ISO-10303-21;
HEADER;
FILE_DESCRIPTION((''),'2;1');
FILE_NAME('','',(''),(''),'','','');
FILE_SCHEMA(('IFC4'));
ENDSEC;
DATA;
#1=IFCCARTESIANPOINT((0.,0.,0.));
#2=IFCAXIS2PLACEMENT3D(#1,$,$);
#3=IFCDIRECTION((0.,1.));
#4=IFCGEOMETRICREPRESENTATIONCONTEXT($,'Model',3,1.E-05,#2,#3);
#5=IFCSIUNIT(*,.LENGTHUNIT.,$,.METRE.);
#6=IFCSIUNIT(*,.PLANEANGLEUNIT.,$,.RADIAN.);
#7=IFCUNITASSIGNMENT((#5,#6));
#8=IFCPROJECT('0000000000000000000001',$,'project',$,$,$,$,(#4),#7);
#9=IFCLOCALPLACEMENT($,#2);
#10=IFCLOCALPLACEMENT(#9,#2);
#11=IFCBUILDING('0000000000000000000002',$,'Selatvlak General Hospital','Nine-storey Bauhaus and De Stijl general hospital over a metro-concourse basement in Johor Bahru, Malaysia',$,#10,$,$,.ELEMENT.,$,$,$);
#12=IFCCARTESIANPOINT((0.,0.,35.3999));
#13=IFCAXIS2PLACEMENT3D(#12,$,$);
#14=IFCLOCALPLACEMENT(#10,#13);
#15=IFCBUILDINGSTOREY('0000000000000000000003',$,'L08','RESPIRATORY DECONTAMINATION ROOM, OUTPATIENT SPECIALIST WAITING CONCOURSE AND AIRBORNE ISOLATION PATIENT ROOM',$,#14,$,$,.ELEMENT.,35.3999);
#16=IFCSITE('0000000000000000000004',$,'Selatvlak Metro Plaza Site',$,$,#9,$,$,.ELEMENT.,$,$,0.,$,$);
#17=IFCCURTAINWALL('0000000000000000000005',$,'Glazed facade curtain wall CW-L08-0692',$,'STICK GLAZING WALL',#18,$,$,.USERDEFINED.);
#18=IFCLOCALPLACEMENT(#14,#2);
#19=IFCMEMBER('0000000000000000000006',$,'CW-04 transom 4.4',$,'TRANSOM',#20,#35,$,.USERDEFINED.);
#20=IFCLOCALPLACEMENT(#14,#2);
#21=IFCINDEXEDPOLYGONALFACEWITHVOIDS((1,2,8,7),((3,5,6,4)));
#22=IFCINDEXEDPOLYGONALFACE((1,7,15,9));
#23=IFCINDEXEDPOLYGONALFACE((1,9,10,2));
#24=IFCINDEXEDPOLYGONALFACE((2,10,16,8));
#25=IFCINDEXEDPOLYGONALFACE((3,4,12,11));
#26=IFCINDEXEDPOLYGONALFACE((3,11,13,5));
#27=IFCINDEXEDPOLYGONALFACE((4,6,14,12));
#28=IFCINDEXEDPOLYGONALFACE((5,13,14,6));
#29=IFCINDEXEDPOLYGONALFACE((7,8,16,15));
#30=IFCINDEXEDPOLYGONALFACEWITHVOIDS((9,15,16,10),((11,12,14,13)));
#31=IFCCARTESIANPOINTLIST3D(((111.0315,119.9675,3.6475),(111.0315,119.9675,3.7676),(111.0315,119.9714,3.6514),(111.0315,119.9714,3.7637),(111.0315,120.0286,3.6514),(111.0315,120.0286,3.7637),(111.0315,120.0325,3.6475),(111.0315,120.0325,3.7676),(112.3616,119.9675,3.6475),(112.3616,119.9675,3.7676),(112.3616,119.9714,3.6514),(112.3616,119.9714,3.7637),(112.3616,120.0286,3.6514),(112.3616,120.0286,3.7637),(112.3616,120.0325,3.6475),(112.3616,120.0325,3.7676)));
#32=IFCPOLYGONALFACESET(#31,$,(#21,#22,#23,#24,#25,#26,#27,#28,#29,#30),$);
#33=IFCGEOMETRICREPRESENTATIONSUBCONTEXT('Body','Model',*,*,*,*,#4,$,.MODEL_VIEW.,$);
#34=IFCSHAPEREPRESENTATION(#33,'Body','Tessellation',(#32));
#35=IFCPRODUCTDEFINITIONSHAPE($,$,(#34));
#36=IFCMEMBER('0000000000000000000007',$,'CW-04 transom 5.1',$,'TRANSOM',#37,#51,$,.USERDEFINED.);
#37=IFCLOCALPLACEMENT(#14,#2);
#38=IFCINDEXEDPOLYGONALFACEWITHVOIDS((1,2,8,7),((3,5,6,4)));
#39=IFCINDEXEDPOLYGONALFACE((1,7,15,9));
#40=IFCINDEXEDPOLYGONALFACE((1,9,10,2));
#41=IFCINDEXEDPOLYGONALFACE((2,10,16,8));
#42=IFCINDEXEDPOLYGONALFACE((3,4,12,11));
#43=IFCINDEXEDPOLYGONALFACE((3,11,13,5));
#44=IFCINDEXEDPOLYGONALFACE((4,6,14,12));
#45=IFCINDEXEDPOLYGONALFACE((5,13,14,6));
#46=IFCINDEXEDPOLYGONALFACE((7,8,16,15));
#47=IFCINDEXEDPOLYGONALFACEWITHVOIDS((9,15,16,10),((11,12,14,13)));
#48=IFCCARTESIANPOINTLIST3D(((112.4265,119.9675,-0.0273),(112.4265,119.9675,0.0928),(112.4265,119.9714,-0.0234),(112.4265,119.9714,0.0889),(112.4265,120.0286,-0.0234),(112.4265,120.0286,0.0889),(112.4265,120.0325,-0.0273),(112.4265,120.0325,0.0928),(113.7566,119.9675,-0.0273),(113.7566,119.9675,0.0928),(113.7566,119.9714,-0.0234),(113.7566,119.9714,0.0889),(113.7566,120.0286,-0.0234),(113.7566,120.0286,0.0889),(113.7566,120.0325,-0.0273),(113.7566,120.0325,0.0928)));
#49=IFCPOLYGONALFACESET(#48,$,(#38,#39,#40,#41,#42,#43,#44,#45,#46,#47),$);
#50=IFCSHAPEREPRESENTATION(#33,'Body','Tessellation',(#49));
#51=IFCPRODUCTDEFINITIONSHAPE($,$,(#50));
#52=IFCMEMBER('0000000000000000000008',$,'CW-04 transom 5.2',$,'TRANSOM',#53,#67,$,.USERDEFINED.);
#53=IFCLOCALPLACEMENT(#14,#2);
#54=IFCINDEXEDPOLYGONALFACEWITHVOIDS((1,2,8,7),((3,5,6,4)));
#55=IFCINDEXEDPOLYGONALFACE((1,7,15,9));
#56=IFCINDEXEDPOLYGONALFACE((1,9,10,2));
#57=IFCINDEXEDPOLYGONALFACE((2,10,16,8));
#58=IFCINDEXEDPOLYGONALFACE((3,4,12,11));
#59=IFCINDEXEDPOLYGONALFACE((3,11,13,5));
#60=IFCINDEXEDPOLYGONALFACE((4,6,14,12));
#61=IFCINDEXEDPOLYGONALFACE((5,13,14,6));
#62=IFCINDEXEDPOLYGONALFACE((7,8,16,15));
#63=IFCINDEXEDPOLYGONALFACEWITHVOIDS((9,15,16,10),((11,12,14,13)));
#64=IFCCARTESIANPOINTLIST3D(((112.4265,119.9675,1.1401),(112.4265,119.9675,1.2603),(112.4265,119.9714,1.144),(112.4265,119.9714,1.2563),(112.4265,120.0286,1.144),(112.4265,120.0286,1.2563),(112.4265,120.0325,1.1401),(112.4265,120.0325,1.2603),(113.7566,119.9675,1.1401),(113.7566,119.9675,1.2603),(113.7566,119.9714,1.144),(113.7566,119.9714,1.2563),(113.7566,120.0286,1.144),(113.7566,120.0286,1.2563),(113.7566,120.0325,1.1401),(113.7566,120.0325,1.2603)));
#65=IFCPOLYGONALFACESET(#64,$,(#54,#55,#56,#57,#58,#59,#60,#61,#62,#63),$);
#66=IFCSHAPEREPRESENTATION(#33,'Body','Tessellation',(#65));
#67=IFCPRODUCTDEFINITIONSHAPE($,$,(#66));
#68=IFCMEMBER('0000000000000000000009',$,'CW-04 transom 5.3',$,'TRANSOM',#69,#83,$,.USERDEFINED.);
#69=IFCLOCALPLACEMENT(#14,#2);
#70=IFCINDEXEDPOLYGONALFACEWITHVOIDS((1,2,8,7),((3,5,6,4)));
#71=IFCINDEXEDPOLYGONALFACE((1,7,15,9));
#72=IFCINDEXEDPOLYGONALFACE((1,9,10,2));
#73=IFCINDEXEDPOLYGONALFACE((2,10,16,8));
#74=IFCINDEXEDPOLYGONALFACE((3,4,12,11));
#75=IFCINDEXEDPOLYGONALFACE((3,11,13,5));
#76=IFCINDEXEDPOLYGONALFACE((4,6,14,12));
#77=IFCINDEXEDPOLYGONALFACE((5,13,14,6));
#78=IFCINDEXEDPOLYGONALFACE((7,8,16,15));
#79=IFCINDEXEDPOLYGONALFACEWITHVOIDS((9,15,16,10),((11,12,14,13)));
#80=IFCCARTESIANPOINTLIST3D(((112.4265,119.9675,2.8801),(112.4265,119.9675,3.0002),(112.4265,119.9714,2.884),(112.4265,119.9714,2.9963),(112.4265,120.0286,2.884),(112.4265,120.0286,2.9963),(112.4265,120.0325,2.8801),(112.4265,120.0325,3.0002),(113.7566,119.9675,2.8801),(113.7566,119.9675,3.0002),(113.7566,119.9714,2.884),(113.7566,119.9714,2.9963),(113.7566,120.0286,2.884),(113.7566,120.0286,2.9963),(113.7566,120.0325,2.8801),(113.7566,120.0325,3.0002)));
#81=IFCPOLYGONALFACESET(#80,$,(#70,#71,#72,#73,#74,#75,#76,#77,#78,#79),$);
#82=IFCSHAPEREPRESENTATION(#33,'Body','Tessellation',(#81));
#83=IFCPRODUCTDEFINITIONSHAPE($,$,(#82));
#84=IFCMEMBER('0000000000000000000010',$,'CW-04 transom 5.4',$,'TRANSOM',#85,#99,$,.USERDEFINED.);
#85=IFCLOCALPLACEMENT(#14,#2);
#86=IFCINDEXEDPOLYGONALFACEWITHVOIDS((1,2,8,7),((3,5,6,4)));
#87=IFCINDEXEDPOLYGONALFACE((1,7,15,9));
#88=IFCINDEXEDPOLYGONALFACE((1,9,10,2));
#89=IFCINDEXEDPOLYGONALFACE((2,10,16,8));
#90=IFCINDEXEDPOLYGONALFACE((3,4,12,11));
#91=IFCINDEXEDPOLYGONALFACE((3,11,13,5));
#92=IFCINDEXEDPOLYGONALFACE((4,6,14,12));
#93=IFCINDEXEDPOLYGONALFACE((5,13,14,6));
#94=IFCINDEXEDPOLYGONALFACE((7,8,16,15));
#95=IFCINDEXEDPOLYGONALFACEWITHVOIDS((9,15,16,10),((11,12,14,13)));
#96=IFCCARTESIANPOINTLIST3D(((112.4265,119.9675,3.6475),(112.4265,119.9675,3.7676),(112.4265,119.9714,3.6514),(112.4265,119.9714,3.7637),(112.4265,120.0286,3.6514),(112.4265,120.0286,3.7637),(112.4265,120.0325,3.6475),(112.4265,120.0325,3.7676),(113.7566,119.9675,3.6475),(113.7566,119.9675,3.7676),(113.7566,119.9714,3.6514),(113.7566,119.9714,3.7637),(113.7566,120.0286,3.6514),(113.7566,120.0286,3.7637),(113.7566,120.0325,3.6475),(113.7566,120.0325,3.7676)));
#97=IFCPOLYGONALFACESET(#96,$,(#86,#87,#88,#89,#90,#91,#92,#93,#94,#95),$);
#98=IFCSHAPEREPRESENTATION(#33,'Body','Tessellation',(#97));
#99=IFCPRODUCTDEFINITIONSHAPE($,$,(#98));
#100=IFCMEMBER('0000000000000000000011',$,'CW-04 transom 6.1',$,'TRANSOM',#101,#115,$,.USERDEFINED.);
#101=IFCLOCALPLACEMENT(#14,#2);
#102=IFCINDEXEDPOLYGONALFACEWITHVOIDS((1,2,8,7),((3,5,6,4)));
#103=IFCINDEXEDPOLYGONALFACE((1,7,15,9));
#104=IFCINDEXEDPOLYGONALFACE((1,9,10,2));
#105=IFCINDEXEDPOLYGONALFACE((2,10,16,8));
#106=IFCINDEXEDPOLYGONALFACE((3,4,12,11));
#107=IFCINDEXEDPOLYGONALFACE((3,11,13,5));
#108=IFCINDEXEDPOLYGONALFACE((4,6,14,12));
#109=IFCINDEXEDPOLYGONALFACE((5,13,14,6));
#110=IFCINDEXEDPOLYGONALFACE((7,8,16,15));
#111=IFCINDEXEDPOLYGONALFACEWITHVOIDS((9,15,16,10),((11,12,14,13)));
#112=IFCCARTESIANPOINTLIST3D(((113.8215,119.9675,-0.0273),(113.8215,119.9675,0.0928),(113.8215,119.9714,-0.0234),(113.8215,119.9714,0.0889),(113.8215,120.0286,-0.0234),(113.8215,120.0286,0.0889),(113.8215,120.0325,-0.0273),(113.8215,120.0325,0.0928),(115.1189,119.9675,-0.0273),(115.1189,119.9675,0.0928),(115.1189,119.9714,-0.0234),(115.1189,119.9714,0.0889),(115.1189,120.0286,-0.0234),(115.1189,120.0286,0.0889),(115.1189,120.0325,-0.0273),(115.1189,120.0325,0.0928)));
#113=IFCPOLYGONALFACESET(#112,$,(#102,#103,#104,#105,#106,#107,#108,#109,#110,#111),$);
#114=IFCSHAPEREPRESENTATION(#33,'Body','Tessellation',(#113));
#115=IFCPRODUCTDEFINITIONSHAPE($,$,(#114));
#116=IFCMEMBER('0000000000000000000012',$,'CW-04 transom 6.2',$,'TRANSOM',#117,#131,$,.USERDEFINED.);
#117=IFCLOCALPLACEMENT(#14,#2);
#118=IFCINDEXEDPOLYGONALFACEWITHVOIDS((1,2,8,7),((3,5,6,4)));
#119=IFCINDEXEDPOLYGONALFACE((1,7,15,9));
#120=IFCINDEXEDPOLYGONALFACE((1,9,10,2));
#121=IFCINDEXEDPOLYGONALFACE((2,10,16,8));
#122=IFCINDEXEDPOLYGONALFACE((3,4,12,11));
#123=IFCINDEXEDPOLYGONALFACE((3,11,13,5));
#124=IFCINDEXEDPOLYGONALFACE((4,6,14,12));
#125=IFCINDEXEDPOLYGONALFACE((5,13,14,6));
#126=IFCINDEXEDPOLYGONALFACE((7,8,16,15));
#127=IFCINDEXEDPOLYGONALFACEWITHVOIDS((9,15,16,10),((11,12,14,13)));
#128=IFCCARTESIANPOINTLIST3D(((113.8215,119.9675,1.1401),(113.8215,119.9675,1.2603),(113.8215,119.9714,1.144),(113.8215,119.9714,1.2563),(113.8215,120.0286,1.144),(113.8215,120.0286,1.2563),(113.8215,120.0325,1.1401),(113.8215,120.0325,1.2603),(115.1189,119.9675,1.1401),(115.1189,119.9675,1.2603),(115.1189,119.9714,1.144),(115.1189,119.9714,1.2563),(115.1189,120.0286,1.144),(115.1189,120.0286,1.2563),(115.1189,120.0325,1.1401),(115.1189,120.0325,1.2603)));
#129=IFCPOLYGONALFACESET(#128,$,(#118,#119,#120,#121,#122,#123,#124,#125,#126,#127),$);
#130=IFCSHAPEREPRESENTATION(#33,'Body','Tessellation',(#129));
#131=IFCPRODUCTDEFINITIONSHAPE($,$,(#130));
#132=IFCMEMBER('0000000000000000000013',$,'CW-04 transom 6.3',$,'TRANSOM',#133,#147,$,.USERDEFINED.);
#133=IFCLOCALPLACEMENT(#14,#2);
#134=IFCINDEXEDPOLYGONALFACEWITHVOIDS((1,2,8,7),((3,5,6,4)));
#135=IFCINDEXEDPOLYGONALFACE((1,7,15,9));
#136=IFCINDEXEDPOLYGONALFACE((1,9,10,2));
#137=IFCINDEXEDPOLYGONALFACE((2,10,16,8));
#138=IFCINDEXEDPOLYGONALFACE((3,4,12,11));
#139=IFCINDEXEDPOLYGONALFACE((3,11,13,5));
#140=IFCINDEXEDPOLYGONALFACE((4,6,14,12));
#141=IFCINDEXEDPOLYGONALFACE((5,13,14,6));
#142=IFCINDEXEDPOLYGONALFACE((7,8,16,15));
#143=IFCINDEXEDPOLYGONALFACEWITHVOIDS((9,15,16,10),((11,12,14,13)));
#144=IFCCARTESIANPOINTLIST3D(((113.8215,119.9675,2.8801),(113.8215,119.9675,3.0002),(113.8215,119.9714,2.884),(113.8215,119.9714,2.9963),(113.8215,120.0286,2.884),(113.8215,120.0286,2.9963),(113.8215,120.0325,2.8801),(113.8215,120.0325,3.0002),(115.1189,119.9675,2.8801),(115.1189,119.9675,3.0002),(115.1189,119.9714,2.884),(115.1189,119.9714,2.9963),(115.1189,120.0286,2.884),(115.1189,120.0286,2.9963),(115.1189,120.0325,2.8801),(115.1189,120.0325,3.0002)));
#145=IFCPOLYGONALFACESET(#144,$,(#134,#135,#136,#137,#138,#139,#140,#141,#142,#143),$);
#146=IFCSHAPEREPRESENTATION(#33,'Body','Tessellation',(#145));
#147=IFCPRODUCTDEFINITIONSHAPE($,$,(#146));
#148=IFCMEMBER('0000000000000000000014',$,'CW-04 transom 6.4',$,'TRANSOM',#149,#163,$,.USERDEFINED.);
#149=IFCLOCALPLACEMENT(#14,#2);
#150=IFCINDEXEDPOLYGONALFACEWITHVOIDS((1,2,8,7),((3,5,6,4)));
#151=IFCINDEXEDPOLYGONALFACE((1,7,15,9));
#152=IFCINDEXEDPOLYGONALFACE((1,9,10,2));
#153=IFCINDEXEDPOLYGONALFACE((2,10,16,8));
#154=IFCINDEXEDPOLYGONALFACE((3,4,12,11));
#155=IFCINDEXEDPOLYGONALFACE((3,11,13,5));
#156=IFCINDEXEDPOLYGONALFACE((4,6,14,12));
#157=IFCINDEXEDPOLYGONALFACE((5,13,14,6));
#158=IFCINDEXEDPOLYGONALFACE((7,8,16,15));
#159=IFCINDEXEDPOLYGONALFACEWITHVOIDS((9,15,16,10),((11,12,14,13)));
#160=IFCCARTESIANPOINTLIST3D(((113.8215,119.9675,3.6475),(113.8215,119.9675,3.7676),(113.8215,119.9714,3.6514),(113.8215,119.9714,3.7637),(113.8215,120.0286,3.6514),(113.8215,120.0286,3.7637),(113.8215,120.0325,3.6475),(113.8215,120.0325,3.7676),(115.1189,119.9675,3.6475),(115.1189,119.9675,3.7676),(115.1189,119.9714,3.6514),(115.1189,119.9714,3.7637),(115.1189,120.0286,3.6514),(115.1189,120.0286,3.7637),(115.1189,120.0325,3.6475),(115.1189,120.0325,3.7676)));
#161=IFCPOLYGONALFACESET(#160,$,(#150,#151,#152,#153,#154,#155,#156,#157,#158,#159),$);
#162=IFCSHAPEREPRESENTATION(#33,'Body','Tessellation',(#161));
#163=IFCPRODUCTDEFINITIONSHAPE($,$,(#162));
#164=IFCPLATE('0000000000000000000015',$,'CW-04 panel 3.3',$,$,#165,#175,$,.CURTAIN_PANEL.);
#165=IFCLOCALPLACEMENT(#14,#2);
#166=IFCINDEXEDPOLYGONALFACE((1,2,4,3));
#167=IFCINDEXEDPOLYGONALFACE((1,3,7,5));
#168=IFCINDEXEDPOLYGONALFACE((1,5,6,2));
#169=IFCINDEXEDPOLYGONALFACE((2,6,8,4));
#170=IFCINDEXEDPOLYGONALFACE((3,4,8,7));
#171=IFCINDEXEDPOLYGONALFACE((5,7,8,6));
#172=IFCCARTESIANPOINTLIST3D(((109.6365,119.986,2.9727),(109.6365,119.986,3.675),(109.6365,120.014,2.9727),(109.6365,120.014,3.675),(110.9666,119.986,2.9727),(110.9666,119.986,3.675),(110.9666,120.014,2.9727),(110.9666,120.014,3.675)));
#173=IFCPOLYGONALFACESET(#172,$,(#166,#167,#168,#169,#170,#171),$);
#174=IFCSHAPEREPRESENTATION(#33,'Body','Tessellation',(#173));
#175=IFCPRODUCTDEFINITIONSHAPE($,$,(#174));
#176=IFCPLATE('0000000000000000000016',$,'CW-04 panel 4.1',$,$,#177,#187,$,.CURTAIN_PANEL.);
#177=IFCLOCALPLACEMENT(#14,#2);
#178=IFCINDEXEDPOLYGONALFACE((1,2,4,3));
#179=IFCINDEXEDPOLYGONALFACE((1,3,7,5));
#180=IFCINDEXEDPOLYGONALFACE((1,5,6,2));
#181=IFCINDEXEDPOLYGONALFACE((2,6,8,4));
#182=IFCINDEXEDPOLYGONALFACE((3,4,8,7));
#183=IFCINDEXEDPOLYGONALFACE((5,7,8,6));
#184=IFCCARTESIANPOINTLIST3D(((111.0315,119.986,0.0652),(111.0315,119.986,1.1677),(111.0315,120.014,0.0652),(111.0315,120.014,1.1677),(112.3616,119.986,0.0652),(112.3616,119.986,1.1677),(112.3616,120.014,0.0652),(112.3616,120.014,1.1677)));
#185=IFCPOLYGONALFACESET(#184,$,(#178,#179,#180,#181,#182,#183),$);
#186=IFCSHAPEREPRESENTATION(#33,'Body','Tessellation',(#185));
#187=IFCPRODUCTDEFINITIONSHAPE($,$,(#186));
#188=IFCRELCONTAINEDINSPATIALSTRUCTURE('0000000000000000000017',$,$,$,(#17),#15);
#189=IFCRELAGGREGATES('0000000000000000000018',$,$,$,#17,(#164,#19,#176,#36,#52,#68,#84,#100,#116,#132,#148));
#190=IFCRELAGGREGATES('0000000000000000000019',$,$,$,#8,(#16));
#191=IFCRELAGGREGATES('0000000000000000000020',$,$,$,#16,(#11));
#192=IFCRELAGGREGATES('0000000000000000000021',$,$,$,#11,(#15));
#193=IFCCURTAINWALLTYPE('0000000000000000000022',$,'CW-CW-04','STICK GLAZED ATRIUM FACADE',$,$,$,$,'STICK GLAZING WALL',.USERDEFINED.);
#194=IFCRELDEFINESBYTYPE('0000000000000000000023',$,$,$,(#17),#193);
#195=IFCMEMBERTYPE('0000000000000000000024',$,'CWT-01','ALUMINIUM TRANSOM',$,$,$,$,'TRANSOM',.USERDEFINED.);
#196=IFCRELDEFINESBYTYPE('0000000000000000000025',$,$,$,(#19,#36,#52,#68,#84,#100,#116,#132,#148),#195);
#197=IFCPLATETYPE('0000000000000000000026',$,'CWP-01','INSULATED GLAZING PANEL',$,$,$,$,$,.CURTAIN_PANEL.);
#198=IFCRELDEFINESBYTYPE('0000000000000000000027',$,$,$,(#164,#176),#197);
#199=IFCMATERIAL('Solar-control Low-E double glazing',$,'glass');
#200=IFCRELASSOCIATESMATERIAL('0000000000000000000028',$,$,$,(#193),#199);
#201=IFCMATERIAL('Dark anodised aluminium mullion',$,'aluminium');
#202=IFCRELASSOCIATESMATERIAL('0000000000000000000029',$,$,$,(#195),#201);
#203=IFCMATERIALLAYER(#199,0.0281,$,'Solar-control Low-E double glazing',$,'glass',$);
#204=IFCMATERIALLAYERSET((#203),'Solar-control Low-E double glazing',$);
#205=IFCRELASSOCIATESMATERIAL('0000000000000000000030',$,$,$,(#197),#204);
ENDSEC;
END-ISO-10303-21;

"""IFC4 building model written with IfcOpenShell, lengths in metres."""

from ifc_helpers import new_model, si_unit, direction, frame, origin, origin_2d, place, context, subcontext, project, spatial, rectangle, hollow_rectangle, extrude, material, layer, layer_set, material_profile, profile_set, type_object, element, aggregate, save


model = new_model("IFC4")

# Units and contexts
model_context = context("Model", 3, precision=1e-05, world=origin(), true_north=direction((0.0, 1.0)))
body_context = subcontext(model_context, "Body", "Model", "MODEL_VIEW")
ifc_project = project(units=[si_unit("LENGTHUNIT", "METRE"), si_unit("PLANEANGLEUNIT", "RADIAN")], contexts=[model_context])

# Site, building, storey
site_placement = place(None, origin())
site = spatial("IfcSite", under=ifc_project, at=site_placement, Name="Selatvlak Metro Plaza Site", CompositionType="ELEMENT", RefElevation=0.0)
building_placement = place(site_placement, origin())
building = spatial("IfcBuilding", under=site, at=building_placement, Name="Selatvlak General Hospital", Description="Nine-storey Bauhaus and De Stijl general hospital over a metro-concourse basement in Johor Bahru, Malaysia", CompositionType="ELEMENT")
storey_placement = place(building_placement, frame((0.0, 0.0, 35.3999)))
storey = spatial("IfcBuildingStorey", under=building, at=storey_placement, Name="L08", Description="RESPIRATORY DECONTAMINATION ROOM, OUTPATIENT SPECIALIST WAITING CONCOURSE AND AIRBORNE ISOLATION PATIENT ROOM", CompositionType="ELEMENT", Elevation=35.3999)

# Curtain wall, members, plates
ifc_material_1 = material(Name="Solar-control Low-E double glazing", Category="glass")
curtain_wall_type = type_object("IfcCurtainWallType", Name="CW-CW-04", Description="STICK GLAZED ATRIUM FACADE", ElementType="STICK GLAZING WALL", PredefinedType="USERDEFINED", material=ifc_material_1)
curtain_wall_placement = place(storey_placement, origin())
curtain_wall = element("IfcCurtainWall", 1, at=curtain_wall_placement, inside=storey, type_object=curtain_wall_type, Name="Glazed facade curtain wall CW-L08-0692", ObjectType="STICK GLAZING WALL", PredefinedType="USERDEFINED")
ifc_material_2 = material(Name="Dark anodised aluminium mullion", Category="aluminium")
ifc_material_profile_1 = material_profile(ifc_material_2, hollow_rectangle(XDim=0.0649, YDim=0.1201, WallThickness=0.0039, at=origin_2d()), Name="AL-TRN 65x120x4")
ifc_profile_set_1 = profile_set([ifc_material_profile_1], Name="Dark anodised aluminium mullion")
member_type_1 = type_object("IfcMemberType", Name="CWT-01", Description="ALUMINIUM TRANSOM", ElementType="TRANSOM", PredefinedType="USERDEFINED", material=ifc_profile_set_1)
member_1_placement = place(storey_placement, frame((111.0315, 120.0, 3.7075), z_axis=(1.0, 0.0, 0.0), x_axis=(0.0, 1.0, 0.0)))
member_1 = element("IfcMember", 2, at=member_1_placement, type_object=member_type_1, Name="CW-04 transom 4.4", ObjectType="TRANSOM", PredefinedType="USERDEFINED", context=body_context, shape_type="SweptSolid", body=[
    extrude(hollow_rectangle(XDim=0.0649, YDim=0.1201, WallThickness=0.0039, at=origin_2d()), origin(), (0.0, 0.0, 1.0), 1.3301),
])
member_2_placement = place(storey_placement, frame((112.4265, 120.0, 0.0327), z_axis=(1.0, 0.0, 0.0), x_axis=(0.0, 1.0, 0.0)))
member_2 = element("IfcMember", 3, at=member_2_placement, type_object=member_type_1, Name="CW-04 transom 5.1", ObjectType="TRANSOM", PredefinedType="USERDEFINED", context=body_context, shape_type="SweptSolid", body=[
    extrude(hollow_rectangle(XDim=0.0649, YDim=0.1201, WallThickness=0.0039, at=origin_2d()), origin(), (0.0, 0.0, 1.0), 1.3301),
])
member_3_placement = place(storey_placement, frame((112.4265, 120.0, 1.2002), z_axis=(1.0, 0.0, 0.0), x_axis=(0.0, 1.0, 0.0)))
member_3 = element("IfcMember", 4, at=member_3_placement, type_object=member_type_1, Name="CW-04 transom 5.2", ObjectType="TRANSOM", PredefinedType="USERDEFINED", context=body_context, shape_type="SweptSolid", body=[
    extrude(hollow_rectangle(XDim=0.0649, YDim=0.1201, WallThickness=0.0039, at=origin_2d()), origin(), (0.0, 0.0, 1.0), 1.3301),
])
member_4_placement = place(storey_placement, frame((112.4265, 120.0, 2.9402), z_axis=(1.0, 0.0, 0.0), x_axis=(0.0, 1.0, 0.0)))
member_4 = element("IfcMember", 5, at=member_4_placement, type_object=member_type_1, Name="CW-04 transom 5.3", ObjectType="TRANSOM", PredefinedType="USERDEFINED", context=body_context, shape_type="SweptSolid", body=[
    extrude(hollow_rectangle(XDim=0.0649, YDim=0.1201, WallThickness=0.0039, at=origin_2d()), origin(), (0.0, 0.0, 1.0), 1.3301),
])
member_5_placement = place(storey_placement, frame((112.4265, 120.0, 3.7075), z_axis=(1.0, 0.0, 0.0), x_axis=(0.0, 1.0, 0.0)))
member_5 = element("IfcMember", 6, at=member_5_placement, type_object=member_type_1, Name="CW-04 transom 5.4", ObjectType="TRANSOM", PredefinedType="USERDEFINED", context=body_context, shape_type="SweptSolid", body=[
    extrude(hollow_rectangle(XDim=0.0649, YDim=0.1201, WallThickness=0.0039, at=origin_2d()), origin(), (0.0, 0.0, 1.0), 1.3301),
])
member_6_placement = place(storey_placement, frame((113.8215, 120.0, 0.0327), z_axis=(1.0, 0.0, 0.0), x_axis=(0.0, 1.0, 0.0)))
member_6 = element("IfcMember", 7, at=member_6_placement, type_object=member_type_1, Name="CW-04 transom 6.1", ObjectType="TRANSOM", PredefinedType="USERDEFINED", context=body_context, shape_type="SweptSolid", body=[
    extrude(hollow_rectangle(XDim=0.0649, YDim=0.1201, WallThickness=0.0039, at=origin_2d()), origin(), (0.0, 0.0, 1.0), 1.2974),
])
member_7_placement = place(storey_placement, frame((113.8215, 120.0, 1.2002), z_axis=(1.0, 0.0, 0.0), x_axis=(0.0, 1.0, 0.0)))
member_7 = element("IfcMember", 8, at=member_7_placement, type_object=member_type_1, Name="CW-04 transom 6.2", ObjectType="TRANSOM", PredefinedType="USERDEFINED", context=body_context, shape_type="SweptSolid", body=[
    extrude(hollow_rectangle(XDim=0.0649, YDim=0.1201, WallThickness=0.0039, at=origin_2d()), origin(), (0.0, 0.0, 1.0), 1.2974),
])
member_8_placement = place(storey_placement, frame((113.8215, 120.0, 2.9402), z_axis=(1.0, 0.0, 0.0), x_axis=(0.0, 1.0, 0.0)))
member_8 = element("IfcMember", 9, at=member_8_placement, type_object=member_type_1, Name="CW-04 transom 6.3", ObjectType="TRANSOM", PredefinedType="USERDEFINED", context=body_context, shape_type="SweptSolid", body=[
    extrude(hollow_rectangle(XDim=0.0649, YDim=0.1201, WallThickness=0.0039, at=origin_2d()), origin(), (0.0, 0.0, 1.0), 1.2974),
])
member_9_placement = place(storey_placement, frame((113.8215, 120.0, 3.7075), z_axis=(1.0, 0.0, 0.0), x_axis=(0.0, 1.0, 0.0)))
member_9 = element("IfcMember", 10, at=member_9_placement, type_object=member_type_1, Name="CW-04 transom 6.4", ObjectType="TRANSOM", PredefinedType="USERDEFINED", context=body_context, shape_type="SweptSolid", body=[
    extrude(hollow_rectangle(XDim=0.0649, YDim=0.1201, WallThickness=0.0039, at=origin_2d()), origin(), (0.0, 0.0, 1.0), 1.2974),
])
ifc_layer_1 = layer(ifc_material_1, 0.0281, Name="Solar-control Low-E double glazing", Category="glass")
ifc_layer_set_1 = layer_set([ifc_layer_1], Name="Solar-control Low-E double glazing")
plate_type = type_object("IfcPlateType", Name="CWP-01", Description="INSULATED GLAZING PANEL", PredefinedType="CURTAIN_PANEL", material=ifc_layer_set_1)
plate_1_placement = place(storey_placement, frame((110.3015, 120.0, 2.9727), z_axis=(0.0, 0.0, 1.0), x_axis=(1.0, 0.0, 0.0)))
plate_1 = element("IfcPlate", 11, at=plate_1_placement, type_object=plate_type, Name="CW-04 panel 3.3", PredefinedType="CURTAIN_PANEL", context=body_context, shape_type="SweptSolid", body=[
    extrude(rectangle(XDim=1.3301, YDim=0.0281, at=origin_2d()), origin(), (0.0, 0.0, 1.0), 0.7024),
])
plate_2_placement = place(storey_placement, frame((111.6965, 120.0, 0.0652), z_axis=(0.0, 0.0, 1.0), x_axis=(1.0, 0.0, 0.0)))
plate_2 = element("IfcPlate", 12, at=plate_2_placement, type_object=plate_type, Name="CW-04 panel 4.1", PredefinedType="CURTAIN_PANEL", context=body_context, shape_type="SweptSolid", body=[
    extrude(rectangle(XDim=1.3301, YDim=0.0281, at=origin_2d()), origin(), (0.0, 0.0, 1.0), 1.1025),
])
aggregate(curtain_wall, [plate_1, member_1, plate_2, member_2, member_3, member_4, member_5, member_6, member_7, member_8, member_9])

save(model, "model.ifc")
